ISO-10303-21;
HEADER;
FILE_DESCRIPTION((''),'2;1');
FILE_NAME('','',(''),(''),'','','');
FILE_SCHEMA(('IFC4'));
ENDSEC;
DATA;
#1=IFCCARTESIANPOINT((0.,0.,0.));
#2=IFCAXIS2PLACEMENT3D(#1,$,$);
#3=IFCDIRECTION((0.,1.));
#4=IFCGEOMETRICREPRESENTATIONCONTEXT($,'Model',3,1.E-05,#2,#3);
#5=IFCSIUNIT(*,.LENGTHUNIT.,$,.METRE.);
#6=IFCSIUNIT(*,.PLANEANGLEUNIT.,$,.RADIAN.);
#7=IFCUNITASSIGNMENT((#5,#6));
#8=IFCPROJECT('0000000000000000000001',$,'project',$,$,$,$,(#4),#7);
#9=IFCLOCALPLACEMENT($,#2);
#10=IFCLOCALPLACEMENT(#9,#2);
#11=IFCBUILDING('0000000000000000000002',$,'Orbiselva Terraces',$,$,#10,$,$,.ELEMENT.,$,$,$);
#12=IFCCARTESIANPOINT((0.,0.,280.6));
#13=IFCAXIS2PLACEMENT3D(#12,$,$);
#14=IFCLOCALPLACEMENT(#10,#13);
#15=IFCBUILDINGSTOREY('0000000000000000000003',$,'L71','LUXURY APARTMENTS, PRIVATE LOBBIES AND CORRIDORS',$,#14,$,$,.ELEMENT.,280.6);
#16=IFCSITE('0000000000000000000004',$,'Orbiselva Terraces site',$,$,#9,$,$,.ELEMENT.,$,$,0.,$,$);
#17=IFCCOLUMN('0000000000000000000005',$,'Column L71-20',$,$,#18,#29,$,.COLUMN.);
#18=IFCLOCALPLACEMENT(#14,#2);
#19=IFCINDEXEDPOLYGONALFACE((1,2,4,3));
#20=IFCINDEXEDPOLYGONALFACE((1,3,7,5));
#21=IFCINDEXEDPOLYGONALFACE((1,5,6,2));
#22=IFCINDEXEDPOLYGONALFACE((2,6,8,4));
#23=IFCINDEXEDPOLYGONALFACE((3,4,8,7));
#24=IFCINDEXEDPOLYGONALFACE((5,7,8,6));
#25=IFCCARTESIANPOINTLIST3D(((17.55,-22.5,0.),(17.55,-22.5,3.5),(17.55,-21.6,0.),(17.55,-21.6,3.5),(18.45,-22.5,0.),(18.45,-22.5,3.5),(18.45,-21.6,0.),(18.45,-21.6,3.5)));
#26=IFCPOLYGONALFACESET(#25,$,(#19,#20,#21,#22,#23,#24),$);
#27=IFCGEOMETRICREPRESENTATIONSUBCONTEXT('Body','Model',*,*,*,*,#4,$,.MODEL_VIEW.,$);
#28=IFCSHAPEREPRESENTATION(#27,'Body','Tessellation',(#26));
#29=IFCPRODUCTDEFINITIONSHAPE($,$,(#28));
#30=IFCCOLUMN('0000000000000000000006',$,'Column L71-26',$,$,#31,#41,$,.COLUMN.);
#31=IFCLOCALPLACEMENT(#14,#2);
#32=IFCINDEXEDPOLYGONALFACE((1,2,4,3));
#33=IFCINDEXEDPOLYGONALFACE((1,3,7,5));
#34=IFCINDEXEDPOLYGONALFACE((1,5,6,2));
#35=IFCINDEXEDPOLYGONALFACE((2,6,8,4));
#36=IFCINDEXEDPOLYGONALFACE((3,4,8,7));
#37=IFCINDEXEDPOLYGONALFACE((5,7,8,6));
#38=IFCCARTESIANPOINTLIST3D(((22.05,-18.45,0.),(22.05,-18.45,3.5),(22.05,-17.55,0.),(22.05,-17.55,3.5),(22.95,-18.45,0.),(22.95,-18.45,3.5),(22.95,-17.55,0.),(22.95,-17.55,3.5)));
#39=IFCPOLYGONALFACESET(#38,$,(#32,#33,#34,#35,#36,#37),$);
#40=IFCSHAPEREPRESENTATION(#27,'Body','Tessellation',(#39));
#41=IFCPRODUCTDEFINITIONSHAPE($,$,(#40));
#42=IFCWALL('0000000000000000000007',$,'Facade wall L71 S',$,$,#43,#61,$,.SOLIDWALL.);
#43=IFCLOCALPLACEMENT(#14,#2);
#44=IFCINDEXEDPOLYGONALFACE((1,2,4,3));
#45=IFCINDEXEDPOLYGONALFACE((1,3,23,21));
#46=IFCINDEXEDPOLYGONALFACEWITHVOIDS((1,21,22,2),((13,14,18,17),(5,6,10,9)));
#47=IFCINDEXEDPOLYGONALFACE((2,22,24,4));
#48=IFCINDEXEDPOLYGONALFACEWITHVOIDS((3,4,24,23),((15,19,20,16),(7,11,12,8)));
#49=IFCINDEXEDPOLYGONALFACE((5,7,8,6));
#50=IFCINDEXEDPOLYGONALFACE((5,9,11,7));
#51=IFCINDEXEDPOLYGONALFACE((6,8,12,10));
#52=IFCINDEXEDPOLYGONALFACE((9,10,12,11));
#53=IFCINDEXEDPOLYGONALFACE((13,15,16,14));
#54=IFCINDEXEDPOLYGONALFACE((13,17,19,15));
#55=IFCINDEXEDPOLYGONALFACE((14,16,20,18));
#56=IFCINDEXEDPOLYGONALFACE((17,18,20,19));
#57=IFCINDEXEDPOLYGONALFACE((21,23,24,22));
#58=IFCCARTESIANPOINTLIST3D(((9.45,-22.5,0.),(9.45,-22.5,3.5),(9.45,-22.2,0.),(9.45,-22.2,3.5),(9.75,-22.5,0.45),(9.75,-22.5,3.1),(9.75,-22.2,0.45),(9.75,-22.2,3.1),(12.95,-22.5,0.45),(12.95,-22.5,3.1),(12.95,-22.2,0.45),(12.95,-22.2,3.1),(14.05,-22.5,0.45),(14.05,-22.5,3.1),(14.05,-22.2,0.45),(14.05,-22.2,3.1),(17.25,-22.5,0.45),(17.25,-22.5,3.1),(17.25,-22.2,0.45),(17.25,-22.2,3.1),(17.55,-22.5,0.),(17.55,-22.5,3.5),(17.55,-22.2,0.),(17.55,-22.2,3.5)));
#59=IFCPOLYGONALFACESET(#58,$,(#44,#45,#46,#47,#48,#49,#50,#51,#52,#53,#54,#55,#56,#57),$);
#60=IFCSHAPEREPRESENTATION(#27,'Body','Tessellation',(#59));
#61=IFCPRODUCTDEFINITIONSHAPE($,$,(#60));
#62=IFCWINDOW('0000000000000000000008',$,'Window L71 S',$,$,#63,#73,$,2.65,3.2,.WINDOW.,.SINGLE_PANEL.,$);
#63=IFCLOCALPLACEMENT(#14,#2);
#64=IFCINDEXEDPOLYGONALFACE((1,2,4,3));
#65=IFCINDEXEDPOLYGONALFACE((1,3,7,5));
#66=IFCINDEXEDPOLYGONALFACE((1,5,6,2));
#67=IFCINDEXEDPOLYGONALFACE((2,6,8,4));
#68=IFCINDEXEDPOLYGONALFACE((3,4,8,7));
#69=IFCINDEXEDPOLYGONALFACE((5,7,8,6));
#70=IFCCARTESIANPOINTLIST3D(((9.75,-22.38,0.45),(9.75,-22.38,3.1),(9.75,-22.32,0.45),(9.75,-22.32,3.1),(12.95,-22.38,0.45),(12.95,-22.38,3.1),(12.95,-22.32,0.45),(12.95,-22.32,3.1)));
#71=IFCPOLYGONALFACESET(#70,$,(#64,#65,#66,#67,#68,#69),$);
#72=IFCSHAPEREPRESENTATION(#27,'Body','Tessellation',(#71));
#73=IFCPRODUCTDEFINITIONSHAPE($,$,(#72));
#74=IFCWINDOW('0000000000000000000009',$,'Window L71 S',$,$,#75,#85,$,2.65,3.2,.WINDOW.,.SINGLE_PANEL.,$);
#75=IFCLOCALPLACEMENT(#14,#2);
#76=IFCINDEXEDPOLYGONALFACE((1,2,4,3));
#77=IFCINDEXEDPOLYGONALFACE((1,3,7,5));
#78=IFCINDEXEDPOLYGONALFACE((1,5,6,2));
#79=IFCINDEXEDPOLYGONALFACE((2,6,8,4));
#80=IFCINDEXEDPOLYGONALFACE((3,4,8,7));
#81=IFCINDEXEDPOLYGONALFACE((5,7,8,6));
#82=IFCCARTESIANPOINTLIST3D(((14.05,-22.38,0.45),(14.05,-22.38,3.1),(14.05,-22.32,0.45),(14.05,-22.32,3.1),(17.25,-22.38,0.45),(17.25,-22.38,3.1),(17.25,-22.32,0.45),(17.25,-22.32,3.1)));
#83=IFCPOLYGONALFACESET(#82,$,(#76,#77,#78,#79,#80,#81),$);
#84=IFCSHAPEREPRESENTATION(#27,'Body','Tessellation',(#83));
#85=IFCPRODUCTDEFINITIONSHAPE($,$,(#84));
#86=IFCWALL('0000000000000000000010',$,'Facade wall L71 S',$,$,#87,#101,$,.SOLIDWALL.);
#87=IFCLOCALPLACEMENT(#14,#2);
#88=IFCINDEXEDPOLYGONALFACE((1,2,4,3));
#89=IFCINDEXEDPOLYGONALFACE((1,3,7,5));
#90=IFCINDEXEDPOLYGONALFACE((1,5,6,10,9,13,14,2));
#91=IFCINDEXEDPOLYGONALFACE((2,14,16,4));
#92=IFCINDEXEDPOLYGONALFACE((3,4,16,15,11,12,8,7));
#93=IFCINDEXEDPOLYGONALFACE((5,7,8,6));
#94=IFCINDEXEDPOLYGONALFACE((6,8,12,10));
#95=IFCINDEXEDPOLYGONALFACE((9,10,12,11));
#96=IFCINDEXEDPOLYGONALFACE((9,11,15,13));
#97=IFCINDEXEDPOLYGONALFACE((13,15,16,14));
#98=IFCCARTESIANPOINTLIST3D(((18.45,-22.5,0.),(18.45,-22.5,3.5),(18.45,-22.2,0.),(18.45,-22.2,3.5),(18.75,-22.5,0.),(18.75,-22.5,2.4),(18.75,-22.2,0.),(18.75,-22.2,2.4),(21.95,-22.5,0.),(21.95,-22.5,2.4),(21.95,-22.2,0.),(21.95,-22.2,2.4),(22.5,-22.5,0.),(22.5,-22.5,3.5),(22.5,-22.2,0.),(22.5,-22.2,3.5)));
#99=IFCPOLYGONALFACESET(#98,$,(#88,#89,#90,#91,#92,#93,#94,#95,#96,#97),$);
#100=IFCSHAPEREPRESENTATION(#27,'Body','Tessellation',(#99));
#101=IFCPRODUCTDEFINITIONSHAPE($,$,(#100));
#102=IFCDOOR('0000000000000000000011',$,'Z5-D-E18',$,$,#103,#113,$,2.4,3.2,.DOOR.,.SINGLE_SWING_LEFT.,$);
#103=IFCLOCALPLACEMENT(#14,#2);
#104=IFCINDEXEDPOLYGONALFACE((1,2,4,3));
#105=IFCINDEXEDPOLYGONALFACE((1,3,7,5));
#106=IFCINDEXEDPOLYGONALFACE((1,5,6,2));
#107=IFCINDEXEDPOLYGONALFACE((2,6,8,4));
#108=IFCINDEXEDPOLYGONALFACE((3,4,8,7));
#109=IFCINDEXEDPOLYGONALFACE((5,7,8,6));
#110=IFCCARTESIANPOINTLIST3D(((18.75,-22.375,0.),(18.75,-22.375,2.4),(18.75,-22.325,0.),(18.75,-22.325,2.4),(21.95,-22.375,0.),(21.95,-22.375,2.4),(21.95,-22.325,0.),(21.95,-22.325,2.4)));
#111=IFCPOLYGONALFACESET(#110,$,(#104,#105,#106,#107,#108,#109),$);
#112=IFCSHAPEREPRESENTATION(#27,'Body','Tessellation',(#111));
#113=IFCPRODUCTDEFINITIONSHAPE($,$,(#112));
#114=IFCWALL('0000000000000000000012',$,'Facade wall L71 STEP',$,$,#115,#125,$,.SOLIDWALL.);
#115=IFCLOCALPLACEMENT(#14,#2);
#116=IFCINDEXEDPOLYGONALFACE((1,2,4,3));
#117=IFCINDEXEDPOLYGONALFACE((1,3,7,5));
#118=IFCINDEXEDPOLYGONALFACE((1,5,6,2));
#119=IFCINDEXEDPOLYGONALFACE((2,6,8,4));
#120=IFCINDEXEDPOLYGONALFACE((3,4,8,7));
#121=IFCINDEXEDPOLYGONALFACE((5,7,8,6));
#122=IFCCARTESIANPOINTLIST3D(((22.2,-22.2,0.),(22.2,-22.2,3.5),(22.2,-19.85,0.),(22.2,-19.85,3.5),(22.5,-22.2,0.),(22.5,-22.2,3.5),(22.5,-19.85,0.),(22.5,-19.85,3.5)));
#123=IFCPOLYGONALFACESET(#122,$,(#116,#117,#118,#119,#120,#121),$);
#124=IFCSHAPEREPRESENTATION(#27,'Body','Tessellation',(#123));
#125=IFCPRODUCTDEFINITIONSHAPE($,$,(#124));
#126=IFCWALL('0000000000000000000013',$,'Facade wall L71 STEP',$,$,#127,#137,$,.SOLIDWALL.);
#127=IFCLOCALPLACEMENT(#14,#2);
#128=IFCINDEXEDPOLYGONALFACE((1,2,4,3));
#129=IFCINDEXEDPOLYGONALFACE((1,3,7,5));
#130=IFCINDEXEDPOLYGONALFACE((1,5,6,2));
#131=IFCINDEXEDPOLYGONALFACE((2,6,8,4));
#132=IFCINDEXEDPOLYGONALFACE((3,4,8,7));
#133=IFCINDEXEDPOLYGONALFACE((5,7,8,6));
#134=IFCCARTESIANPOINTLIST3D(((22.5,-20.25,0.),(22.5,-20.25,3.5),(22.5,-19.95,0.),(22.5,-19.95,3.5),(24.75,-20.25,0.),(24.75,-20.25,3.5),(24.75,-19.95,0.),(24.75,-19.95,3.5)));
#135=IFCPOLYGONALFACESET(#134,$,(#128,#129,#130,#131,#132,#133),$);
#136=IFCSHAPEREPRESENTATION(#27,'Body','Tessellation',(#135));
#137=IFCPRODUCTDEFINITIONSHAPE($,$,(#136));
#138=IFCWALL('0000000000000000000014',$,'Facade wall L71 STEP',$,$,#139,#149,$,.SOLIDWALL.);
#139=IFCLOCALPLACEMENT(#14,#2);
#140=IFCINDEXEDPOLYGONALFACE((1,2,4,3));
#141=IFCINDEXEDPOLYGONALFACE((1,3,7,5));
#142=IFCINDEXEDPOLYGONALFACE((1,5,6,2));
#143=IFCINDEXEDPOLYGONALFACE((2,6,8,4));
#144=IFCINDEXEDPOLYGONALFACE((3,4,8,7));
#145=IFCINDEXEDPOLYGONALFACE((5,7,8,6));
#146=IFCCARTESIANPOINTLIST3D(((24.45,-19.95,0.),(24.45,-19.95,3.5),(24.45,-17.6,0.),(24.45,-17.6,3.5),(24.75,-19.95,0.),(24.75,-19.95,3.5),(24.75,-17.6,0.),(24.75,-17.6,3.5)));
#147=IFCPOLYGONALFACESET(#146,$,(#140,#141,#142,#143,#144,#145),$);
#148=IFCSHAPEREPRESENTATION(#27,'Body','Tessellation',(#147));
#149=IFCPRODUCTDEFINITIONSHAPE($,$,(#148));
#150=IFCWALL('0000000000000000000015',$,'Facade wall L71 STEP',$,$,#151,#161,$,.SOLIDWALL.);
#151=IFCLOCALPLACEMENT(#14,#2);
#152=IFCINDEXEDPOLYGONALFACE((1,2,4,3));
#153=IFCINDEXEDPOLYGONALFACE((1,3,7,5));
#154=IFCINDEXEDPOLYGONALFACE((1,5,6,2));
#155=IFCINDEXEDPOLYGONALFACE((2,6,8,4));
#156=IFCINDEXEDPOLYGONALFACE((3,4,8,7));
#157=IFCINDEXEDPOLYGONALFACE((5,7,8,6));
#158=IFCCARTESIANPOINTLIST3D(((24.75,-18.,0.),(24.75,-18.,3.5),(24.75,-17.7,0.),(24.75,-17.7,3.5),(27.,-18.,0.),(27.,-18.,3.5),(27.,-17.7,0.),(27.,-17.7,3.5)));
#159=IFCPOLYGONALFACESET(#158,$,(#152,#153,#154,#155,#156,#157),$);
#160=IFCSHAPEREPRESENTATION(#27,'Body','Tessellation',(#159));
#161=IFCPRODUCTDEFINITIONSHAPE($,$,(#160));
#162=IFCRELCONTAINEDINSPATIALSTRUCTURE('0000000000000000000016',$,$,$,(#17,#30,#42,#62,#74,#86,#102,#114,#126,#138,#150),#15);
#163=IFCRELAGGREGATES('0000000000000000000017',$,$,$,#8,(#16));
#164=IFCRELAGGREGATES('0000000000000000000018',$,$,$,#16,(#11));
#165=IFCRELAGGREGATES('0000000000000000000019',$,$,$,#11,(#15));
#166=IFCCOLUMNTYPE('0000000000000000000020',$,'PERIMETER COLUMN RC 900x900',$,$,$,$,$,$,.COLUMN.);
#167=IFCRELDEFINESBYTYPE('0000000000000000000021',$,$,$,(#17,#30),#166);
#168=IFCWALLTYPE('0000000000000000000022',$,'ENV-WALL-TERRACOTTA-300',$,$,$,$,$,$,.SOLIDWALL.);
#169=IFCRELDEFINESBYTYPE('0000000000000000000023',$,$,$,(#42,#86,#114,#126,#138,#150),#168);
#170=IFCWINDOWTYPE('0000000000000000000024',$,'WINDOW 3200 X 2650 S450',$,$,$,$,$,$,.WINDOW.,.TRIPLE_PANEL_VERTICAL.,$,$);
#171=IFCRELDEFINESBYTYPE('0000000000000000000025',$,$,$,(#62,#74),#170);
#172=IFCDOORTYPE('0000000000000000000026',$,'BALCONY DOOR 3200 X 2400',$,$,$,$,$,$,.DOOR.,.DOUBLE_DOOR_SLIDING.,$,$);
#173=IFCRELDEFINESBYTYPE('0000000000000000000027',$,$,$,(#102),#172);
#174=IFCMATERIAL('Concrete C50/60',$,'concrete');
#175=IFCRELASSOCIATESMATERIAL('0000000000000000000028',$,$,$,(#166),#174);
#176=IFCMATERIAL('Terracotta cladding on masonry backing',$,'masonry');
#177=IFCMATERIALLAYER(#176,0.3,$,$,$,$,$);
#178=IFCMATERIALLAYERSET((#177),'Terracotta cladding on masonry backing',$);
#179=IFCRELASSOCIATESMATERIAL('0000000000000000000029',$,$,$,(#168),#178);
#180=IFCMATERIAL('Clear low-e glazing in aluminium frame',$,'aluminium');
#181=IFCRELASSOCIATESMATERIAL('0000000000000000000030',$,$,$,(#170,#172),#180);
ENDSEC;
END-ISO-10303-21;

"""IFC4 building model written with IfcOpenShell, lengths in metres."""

from ifc_helpers import new_model, si_unit, direction, frame, frame_2d, origin, origin_2d, place, context, subcontext, project, spatial, rectangle, extrude, material, layer, layer_set, material_profile, profile_set, type_object, element, fill, save


model = new_model("IFC4")

# Units and contexts
model_context = context("Model", 3, precision=1e-05, world=origin(), true_north=direction((0.0, 1.0)))
body_context = subcontext(model_context, "Body", "Model", "MODEL_VIEW")
ifc_project = project(units=[si_unit("LENGTHUNIT", "METRE"), si_unit("PLANEANGLEUNIT", "RADIAN")], contexts=[model_context])

# Site, building, storey
site_placement = place(None, origin())
site = spatial("IfcSite", under=ifc_project, at=site_placement, Name="Orbiselva Terraces site", CompositionType="ELEMENT", RefElevation=0.0)
building_placement = place(site_placement, origin())
building = spatial("IfcBuilding", under=site, at=building_placement, Name="Orbiselva Terraces", CompositionType="ELEMENT")
storey_placement = place(building_placement, frame((0.0, 0.0, 280.6)))
storey = spatial("IfcBuildingStorey", under=building, at=storey_placement, Name="L71", Description="LUXURY APARTMENTS, PRIVATE LOBBIES AND CORRIDORS", CompositionType="ELEMENT", Elevation=280.6)

# Columns
ifc_material_1 = material(Name="Concrete C50/60", Category="concrete")
ifc_material_profile = material_profile(ifc_material_1, rectangle(XDim=0.9, YDim=0.9, at=origin_2d()), Name="RC 900x900")
ifc_profile_set = profile_set([ifc_material_profile], Name="Concrete C50/60")
column_type = type_object("IfcColumnType", Name="PERIMETER COLUMN RC 900x900", PredefinedType="COLUMN", material=ifc_profile_set)
for number, where, z_axis, x_axis, name in (
    (1, (18.0, -22.05, 0.0), (0.0, 0.0, 1.0), (1.0, 0.0, 0.0), "Column L71-20"),
    (2, (22.5, -18.0, 0.0), (0.0, 0.0, 1.0), (1.0, 0.0, 0.0), "Column L71-26"),
):
    element("IfcColumn", number, at=place(storey_placement, frame(where, z_axis=z_axis, x_axis=x_axis)), inside=storey, type_object=column_type, Name=name, PredefinedType="COLUMN", context=body_context, shape_type="SweptSolid", body=[
        extrude(rectangle(XDim=0.9, YDim=0.9, at=origin_2d()), origin(), (0.0, 0.0, 1.0), 3.5),
    ])

# Wall, openings, windows
ifc_material_2 = material(Name="Terracotta cladding on masonry backing", Category="masonry")
ifc_layer_1 = layer(ifc_material_2, 0.3)
ifc_layer_set_1 = layer_set([ifc_layer_1], Name="Terracotta cladding on masonry backing")
wall_type_1 = type_object("IfcWallType", Name="ENV-WALL-TERRACOTTA-300", PredefinedType="SOLIDWALL", material=ifc_layer_set_1)
wall_1_placement = place(storey_placement, frame((17.55, -22.35, 0.0), z_axis=(0.0, 0.0, 1.0), x_axis=(-1.0, 0.0, 0.0)))
wall_1 = element("IfcWall", 3, at=wall_1_placement, inside=storey, type_object=wall_type_1, Name="Facade wall L71 S", PredefinedType="SOLIDWALL", context=body_context, shape_type="SweptSolid", body=[
    extrude(rectangle(XDim=8.1, YDim=0.3, at=frame_2d((4.05, 0.0))), origin(), (0.0, 0.0, 1.0), 3.5),
])
opening_1_placement = place(wall_1_placement, frame((4.6, 0.0, 0.45)))
opening_1 = element("IfcOpeningElement", 4, at=opening_1_placement, cuts=wall_1, PredefinedType="OPENING", context=body_context, shape_type="SweptSolid", body=[
    extrude(rectangle(XDim=3.2, YDim=2.65, at=frame_2d((1.6, 1.325))), frame((0.0, 0.16, 0.0), z_axis=(0.0, -1.0, 0.0), x_axis=(1.0, 0.0, 0.0)), (0.0, 0.0, 1.0), 0.32),
])
opening_2_placement = place(wall_1_placement, frame((0.3, 0.0, 0.45)))
opening_2 = element("IfcOpeningElement", 5, at=opening_2_placement, cuts=wall_1, PredefinedType="OPENING", context=body_context, shape_type="SweptSolid", body=[
    extrude(rectangle(XDim=3.2, YDim=2.65, at=frame_2d((1.6, 1.325))), frame((0.0, 0.16, 0.0), z_axis=(0.0, -1.0, 0.0), x_axis=(1.0, 0.0, 0.0)), (0.0, 0.0, 1.0), 0.32),
])
ifc_material_3 = material(Name="Clear low-e glazing in aluminium frame", Category="aluminium")
window_type = type_object("IfcWindowType", Name="WINDOW 3200 X 2650 S450", PartitioningType="TRIPLE_PANEL_VERTICAL", PredefinedType="WINDOW", material=ifc_material_3)
window_1_placement = place(opening_1_placement, origin())
window_1 = element("IfcWindow", 6, at=window_1_placement, inside=storey, type_object=window_type, Name="Window L71 S", OverallHeight=2.65, OverallWidth=3.2, PartitioningType="SINGLE_PANEL", PredefinedType="WINDOW", context=body_context, shape_type="SweptSolid", body=[
    extrude(rectangle(XDim=3.2, YDim=2.65, at=frame_2d((1.6, 1.325))), frame((0.0, 0.03, 0.0), z_axis=(0.0, -1.0, 0.0), x_axis=(1.0, 0.0, 0.0)), (0.0, 0.0, 1.0), 0.06),
])
fill(opening_1, window_1)
window_2_placement = place(opening_2_placement, origin())
window_2 = element("IfcWindow", 7, at=window_2_placement, inside=storey, type_object=window_type, Name="Window L71 S", OverallHeight=2.65, OverallWidth=3.2, PartitioningType="SINGLE_PANEL", PredefinedType="WINDOW", context=body_context, shape_type="SweptSolid", body=[
    extrude(rectangle(XDim=3.2, YDim=2.65, at=frame_2d((1.6, 1.325))), frame((0.0, 0.03, 0.0), z_axis=(0.0, -1.0, 0.0), x_axis=(1.0, 0.0, 0.0)), (0.0, 0.0, 1.0), 0.06),
])
fill(opening_2, window_2)

# Wall, opening, door
wall_2_placement = place(storey_placement, frame((22.5, -22.35, 0.0), z_axis=(0.0, 0.0, 1.0), x_axis=(-1.0, 0.0, 0.0)))
wall_2 = element("IfcWall", 8, at=wall_2_placement, inside=storey, type_object=wall_type_1, Name="Facade wall L71 S", PredefinedType="SOLIDWALL", context=body_context, shape_type="SweptSolid", body=[
    extrude(rectangle(XDim=4.05, YDim=0.3, at=frame_2d((2.025, 0.0))), origin(), (0.0, 0.0, 1.0), 3.5),
])
opening_3_placement = place(wall_2_placement, frame((0.55, 0.0, 0.0)))
opening_3 = element("IfcOpeningElement", 9, at=opening_3_placement, cuts=wall_2, PredefinedType="OPENING", context=body_context, shape_type="SweptSolid", body=[
    extrude(rectangle(XDim=3.2, YDim=2.4, at=frame_2d((1.6, 1.2))), frame((0.0, 0.16, 0.0), z_axis=(0.0, -1.0, 0.0), x_axis=(1.0, 0.0, 0.0)), (0.0, 0.0, 1.0), 0.32),
])
door_type_1 = type_object("IfcDoorType", Name="BALCONY DOOR 3200 X 2400", OperationType="DOUBLE_DOOR_SLIDING", PredefinedType="DOOR", material=ifc_material_3)
door_1_placement = place(opening_3_placement, origin())
door_1 = element("IfcDoor", 10, at=door_1_placement, inside=storey, type_object=door_type_1, Name="Z5-D-E18", OperationType="SINGLE_SWING_LEFT", OverallHeight=2.4, OverallWidth=3.2, PredefinedType="DOOR", context=body_context, shape_type="SweptSolid", body=[
    extrude(rectangle(XDim=3.2, YDim=2.4, at=frame_2d((1.6, 1.2))), frame((0.0, 0.025, 0.0), z_axis=(0.0, -1.0, 0.0), x_axis=(1.0, 0.0, 0.0)), (0.0, 0.0, 1.0), 0.05),
])
fill(opening_3, door_1)

# Walls
wall_3_placement = place(storey_placement, frame((22.35, -19.85, 0.0), z_axis=(0.0, 0.0, 1.0), x_axis=(0.0, -1.0, 0.0)))
element("IfcWall", 11, at=wall_3_placement, inside=storey, type_object=wall_type_1, Name="Facade wall L71 STEP", PredefinedType="SOLIDWALL", context=body_context, shape_type="SweptSolid", body=[
    extrude(rectangle(XDim=2.35, YDim=0.3, at=frame_2d((1.175, 0.0))), origin(), (0.0, 0.0, 1.0), 3.5),
])
wall_4_placement = place(storey_placement, frame((24.75, -20.1, 0.0), z_axis=(0.0, 0.0, 1.0), x_axis=(-1.0, 0.0, 0.0)))
element("IfcWall", 12, at=wall_4_placement, inside=storey, type_object=wall_type_1, Name="Facade wall L71 STEP", PredefinedType="SOLIDWALL", context=body_context, shape_type="SweptSolid", body=[
    extrude(rectangle(XDim=2.25, YDim=0.3, at=frame_2d((1.125, 0.0))), origin(), (0.0, 0.0, 1.0), 3.5),
])
wall_5_placement = place(storey_placement, frame((24.6, -17.6, 0.0), z_axis=(0.0, 0.0, 1.0), x_axis=(0.0, -1.0, 0.0)))
element("IfcWall", 13, at=wall_5_placement, inside=storey, type_object=wall_type_1, Name="Facade wall L71 STEP", PredefinedType="SOLIDWALL", context=body_context, shape_type="SweptSolid", body=[
    extrude(rectangle(XDim=2.35, YDim=0.3, at=frame_2d((1.175, 0.0))), origin(), (0.0, 0.0, 1.0), 3.5),
])
wall_6_placement = place(storey_placement, frame((27.0, -17.85, 0.0), z_axis=(0.0, 0.0, 1.0), x_axis=(-1.0, 0.0, 0.0)))
element("IfcWall", 14, at=wall_6_placement, inside=storey, type_object=wall_type_1, Name="Facade wall L71 STEP", PredefinedType="SOLIDWALL", context=body_context, shape_type="SweptSolid", body=[
    extrude(rectangle(XDim=2.25, YDim=0.3, at=frame_2d((1.125, 0.0))), origin(), (0.0, 0.0, 1.0), 3.5),
])

save(model, "model.ifc")
